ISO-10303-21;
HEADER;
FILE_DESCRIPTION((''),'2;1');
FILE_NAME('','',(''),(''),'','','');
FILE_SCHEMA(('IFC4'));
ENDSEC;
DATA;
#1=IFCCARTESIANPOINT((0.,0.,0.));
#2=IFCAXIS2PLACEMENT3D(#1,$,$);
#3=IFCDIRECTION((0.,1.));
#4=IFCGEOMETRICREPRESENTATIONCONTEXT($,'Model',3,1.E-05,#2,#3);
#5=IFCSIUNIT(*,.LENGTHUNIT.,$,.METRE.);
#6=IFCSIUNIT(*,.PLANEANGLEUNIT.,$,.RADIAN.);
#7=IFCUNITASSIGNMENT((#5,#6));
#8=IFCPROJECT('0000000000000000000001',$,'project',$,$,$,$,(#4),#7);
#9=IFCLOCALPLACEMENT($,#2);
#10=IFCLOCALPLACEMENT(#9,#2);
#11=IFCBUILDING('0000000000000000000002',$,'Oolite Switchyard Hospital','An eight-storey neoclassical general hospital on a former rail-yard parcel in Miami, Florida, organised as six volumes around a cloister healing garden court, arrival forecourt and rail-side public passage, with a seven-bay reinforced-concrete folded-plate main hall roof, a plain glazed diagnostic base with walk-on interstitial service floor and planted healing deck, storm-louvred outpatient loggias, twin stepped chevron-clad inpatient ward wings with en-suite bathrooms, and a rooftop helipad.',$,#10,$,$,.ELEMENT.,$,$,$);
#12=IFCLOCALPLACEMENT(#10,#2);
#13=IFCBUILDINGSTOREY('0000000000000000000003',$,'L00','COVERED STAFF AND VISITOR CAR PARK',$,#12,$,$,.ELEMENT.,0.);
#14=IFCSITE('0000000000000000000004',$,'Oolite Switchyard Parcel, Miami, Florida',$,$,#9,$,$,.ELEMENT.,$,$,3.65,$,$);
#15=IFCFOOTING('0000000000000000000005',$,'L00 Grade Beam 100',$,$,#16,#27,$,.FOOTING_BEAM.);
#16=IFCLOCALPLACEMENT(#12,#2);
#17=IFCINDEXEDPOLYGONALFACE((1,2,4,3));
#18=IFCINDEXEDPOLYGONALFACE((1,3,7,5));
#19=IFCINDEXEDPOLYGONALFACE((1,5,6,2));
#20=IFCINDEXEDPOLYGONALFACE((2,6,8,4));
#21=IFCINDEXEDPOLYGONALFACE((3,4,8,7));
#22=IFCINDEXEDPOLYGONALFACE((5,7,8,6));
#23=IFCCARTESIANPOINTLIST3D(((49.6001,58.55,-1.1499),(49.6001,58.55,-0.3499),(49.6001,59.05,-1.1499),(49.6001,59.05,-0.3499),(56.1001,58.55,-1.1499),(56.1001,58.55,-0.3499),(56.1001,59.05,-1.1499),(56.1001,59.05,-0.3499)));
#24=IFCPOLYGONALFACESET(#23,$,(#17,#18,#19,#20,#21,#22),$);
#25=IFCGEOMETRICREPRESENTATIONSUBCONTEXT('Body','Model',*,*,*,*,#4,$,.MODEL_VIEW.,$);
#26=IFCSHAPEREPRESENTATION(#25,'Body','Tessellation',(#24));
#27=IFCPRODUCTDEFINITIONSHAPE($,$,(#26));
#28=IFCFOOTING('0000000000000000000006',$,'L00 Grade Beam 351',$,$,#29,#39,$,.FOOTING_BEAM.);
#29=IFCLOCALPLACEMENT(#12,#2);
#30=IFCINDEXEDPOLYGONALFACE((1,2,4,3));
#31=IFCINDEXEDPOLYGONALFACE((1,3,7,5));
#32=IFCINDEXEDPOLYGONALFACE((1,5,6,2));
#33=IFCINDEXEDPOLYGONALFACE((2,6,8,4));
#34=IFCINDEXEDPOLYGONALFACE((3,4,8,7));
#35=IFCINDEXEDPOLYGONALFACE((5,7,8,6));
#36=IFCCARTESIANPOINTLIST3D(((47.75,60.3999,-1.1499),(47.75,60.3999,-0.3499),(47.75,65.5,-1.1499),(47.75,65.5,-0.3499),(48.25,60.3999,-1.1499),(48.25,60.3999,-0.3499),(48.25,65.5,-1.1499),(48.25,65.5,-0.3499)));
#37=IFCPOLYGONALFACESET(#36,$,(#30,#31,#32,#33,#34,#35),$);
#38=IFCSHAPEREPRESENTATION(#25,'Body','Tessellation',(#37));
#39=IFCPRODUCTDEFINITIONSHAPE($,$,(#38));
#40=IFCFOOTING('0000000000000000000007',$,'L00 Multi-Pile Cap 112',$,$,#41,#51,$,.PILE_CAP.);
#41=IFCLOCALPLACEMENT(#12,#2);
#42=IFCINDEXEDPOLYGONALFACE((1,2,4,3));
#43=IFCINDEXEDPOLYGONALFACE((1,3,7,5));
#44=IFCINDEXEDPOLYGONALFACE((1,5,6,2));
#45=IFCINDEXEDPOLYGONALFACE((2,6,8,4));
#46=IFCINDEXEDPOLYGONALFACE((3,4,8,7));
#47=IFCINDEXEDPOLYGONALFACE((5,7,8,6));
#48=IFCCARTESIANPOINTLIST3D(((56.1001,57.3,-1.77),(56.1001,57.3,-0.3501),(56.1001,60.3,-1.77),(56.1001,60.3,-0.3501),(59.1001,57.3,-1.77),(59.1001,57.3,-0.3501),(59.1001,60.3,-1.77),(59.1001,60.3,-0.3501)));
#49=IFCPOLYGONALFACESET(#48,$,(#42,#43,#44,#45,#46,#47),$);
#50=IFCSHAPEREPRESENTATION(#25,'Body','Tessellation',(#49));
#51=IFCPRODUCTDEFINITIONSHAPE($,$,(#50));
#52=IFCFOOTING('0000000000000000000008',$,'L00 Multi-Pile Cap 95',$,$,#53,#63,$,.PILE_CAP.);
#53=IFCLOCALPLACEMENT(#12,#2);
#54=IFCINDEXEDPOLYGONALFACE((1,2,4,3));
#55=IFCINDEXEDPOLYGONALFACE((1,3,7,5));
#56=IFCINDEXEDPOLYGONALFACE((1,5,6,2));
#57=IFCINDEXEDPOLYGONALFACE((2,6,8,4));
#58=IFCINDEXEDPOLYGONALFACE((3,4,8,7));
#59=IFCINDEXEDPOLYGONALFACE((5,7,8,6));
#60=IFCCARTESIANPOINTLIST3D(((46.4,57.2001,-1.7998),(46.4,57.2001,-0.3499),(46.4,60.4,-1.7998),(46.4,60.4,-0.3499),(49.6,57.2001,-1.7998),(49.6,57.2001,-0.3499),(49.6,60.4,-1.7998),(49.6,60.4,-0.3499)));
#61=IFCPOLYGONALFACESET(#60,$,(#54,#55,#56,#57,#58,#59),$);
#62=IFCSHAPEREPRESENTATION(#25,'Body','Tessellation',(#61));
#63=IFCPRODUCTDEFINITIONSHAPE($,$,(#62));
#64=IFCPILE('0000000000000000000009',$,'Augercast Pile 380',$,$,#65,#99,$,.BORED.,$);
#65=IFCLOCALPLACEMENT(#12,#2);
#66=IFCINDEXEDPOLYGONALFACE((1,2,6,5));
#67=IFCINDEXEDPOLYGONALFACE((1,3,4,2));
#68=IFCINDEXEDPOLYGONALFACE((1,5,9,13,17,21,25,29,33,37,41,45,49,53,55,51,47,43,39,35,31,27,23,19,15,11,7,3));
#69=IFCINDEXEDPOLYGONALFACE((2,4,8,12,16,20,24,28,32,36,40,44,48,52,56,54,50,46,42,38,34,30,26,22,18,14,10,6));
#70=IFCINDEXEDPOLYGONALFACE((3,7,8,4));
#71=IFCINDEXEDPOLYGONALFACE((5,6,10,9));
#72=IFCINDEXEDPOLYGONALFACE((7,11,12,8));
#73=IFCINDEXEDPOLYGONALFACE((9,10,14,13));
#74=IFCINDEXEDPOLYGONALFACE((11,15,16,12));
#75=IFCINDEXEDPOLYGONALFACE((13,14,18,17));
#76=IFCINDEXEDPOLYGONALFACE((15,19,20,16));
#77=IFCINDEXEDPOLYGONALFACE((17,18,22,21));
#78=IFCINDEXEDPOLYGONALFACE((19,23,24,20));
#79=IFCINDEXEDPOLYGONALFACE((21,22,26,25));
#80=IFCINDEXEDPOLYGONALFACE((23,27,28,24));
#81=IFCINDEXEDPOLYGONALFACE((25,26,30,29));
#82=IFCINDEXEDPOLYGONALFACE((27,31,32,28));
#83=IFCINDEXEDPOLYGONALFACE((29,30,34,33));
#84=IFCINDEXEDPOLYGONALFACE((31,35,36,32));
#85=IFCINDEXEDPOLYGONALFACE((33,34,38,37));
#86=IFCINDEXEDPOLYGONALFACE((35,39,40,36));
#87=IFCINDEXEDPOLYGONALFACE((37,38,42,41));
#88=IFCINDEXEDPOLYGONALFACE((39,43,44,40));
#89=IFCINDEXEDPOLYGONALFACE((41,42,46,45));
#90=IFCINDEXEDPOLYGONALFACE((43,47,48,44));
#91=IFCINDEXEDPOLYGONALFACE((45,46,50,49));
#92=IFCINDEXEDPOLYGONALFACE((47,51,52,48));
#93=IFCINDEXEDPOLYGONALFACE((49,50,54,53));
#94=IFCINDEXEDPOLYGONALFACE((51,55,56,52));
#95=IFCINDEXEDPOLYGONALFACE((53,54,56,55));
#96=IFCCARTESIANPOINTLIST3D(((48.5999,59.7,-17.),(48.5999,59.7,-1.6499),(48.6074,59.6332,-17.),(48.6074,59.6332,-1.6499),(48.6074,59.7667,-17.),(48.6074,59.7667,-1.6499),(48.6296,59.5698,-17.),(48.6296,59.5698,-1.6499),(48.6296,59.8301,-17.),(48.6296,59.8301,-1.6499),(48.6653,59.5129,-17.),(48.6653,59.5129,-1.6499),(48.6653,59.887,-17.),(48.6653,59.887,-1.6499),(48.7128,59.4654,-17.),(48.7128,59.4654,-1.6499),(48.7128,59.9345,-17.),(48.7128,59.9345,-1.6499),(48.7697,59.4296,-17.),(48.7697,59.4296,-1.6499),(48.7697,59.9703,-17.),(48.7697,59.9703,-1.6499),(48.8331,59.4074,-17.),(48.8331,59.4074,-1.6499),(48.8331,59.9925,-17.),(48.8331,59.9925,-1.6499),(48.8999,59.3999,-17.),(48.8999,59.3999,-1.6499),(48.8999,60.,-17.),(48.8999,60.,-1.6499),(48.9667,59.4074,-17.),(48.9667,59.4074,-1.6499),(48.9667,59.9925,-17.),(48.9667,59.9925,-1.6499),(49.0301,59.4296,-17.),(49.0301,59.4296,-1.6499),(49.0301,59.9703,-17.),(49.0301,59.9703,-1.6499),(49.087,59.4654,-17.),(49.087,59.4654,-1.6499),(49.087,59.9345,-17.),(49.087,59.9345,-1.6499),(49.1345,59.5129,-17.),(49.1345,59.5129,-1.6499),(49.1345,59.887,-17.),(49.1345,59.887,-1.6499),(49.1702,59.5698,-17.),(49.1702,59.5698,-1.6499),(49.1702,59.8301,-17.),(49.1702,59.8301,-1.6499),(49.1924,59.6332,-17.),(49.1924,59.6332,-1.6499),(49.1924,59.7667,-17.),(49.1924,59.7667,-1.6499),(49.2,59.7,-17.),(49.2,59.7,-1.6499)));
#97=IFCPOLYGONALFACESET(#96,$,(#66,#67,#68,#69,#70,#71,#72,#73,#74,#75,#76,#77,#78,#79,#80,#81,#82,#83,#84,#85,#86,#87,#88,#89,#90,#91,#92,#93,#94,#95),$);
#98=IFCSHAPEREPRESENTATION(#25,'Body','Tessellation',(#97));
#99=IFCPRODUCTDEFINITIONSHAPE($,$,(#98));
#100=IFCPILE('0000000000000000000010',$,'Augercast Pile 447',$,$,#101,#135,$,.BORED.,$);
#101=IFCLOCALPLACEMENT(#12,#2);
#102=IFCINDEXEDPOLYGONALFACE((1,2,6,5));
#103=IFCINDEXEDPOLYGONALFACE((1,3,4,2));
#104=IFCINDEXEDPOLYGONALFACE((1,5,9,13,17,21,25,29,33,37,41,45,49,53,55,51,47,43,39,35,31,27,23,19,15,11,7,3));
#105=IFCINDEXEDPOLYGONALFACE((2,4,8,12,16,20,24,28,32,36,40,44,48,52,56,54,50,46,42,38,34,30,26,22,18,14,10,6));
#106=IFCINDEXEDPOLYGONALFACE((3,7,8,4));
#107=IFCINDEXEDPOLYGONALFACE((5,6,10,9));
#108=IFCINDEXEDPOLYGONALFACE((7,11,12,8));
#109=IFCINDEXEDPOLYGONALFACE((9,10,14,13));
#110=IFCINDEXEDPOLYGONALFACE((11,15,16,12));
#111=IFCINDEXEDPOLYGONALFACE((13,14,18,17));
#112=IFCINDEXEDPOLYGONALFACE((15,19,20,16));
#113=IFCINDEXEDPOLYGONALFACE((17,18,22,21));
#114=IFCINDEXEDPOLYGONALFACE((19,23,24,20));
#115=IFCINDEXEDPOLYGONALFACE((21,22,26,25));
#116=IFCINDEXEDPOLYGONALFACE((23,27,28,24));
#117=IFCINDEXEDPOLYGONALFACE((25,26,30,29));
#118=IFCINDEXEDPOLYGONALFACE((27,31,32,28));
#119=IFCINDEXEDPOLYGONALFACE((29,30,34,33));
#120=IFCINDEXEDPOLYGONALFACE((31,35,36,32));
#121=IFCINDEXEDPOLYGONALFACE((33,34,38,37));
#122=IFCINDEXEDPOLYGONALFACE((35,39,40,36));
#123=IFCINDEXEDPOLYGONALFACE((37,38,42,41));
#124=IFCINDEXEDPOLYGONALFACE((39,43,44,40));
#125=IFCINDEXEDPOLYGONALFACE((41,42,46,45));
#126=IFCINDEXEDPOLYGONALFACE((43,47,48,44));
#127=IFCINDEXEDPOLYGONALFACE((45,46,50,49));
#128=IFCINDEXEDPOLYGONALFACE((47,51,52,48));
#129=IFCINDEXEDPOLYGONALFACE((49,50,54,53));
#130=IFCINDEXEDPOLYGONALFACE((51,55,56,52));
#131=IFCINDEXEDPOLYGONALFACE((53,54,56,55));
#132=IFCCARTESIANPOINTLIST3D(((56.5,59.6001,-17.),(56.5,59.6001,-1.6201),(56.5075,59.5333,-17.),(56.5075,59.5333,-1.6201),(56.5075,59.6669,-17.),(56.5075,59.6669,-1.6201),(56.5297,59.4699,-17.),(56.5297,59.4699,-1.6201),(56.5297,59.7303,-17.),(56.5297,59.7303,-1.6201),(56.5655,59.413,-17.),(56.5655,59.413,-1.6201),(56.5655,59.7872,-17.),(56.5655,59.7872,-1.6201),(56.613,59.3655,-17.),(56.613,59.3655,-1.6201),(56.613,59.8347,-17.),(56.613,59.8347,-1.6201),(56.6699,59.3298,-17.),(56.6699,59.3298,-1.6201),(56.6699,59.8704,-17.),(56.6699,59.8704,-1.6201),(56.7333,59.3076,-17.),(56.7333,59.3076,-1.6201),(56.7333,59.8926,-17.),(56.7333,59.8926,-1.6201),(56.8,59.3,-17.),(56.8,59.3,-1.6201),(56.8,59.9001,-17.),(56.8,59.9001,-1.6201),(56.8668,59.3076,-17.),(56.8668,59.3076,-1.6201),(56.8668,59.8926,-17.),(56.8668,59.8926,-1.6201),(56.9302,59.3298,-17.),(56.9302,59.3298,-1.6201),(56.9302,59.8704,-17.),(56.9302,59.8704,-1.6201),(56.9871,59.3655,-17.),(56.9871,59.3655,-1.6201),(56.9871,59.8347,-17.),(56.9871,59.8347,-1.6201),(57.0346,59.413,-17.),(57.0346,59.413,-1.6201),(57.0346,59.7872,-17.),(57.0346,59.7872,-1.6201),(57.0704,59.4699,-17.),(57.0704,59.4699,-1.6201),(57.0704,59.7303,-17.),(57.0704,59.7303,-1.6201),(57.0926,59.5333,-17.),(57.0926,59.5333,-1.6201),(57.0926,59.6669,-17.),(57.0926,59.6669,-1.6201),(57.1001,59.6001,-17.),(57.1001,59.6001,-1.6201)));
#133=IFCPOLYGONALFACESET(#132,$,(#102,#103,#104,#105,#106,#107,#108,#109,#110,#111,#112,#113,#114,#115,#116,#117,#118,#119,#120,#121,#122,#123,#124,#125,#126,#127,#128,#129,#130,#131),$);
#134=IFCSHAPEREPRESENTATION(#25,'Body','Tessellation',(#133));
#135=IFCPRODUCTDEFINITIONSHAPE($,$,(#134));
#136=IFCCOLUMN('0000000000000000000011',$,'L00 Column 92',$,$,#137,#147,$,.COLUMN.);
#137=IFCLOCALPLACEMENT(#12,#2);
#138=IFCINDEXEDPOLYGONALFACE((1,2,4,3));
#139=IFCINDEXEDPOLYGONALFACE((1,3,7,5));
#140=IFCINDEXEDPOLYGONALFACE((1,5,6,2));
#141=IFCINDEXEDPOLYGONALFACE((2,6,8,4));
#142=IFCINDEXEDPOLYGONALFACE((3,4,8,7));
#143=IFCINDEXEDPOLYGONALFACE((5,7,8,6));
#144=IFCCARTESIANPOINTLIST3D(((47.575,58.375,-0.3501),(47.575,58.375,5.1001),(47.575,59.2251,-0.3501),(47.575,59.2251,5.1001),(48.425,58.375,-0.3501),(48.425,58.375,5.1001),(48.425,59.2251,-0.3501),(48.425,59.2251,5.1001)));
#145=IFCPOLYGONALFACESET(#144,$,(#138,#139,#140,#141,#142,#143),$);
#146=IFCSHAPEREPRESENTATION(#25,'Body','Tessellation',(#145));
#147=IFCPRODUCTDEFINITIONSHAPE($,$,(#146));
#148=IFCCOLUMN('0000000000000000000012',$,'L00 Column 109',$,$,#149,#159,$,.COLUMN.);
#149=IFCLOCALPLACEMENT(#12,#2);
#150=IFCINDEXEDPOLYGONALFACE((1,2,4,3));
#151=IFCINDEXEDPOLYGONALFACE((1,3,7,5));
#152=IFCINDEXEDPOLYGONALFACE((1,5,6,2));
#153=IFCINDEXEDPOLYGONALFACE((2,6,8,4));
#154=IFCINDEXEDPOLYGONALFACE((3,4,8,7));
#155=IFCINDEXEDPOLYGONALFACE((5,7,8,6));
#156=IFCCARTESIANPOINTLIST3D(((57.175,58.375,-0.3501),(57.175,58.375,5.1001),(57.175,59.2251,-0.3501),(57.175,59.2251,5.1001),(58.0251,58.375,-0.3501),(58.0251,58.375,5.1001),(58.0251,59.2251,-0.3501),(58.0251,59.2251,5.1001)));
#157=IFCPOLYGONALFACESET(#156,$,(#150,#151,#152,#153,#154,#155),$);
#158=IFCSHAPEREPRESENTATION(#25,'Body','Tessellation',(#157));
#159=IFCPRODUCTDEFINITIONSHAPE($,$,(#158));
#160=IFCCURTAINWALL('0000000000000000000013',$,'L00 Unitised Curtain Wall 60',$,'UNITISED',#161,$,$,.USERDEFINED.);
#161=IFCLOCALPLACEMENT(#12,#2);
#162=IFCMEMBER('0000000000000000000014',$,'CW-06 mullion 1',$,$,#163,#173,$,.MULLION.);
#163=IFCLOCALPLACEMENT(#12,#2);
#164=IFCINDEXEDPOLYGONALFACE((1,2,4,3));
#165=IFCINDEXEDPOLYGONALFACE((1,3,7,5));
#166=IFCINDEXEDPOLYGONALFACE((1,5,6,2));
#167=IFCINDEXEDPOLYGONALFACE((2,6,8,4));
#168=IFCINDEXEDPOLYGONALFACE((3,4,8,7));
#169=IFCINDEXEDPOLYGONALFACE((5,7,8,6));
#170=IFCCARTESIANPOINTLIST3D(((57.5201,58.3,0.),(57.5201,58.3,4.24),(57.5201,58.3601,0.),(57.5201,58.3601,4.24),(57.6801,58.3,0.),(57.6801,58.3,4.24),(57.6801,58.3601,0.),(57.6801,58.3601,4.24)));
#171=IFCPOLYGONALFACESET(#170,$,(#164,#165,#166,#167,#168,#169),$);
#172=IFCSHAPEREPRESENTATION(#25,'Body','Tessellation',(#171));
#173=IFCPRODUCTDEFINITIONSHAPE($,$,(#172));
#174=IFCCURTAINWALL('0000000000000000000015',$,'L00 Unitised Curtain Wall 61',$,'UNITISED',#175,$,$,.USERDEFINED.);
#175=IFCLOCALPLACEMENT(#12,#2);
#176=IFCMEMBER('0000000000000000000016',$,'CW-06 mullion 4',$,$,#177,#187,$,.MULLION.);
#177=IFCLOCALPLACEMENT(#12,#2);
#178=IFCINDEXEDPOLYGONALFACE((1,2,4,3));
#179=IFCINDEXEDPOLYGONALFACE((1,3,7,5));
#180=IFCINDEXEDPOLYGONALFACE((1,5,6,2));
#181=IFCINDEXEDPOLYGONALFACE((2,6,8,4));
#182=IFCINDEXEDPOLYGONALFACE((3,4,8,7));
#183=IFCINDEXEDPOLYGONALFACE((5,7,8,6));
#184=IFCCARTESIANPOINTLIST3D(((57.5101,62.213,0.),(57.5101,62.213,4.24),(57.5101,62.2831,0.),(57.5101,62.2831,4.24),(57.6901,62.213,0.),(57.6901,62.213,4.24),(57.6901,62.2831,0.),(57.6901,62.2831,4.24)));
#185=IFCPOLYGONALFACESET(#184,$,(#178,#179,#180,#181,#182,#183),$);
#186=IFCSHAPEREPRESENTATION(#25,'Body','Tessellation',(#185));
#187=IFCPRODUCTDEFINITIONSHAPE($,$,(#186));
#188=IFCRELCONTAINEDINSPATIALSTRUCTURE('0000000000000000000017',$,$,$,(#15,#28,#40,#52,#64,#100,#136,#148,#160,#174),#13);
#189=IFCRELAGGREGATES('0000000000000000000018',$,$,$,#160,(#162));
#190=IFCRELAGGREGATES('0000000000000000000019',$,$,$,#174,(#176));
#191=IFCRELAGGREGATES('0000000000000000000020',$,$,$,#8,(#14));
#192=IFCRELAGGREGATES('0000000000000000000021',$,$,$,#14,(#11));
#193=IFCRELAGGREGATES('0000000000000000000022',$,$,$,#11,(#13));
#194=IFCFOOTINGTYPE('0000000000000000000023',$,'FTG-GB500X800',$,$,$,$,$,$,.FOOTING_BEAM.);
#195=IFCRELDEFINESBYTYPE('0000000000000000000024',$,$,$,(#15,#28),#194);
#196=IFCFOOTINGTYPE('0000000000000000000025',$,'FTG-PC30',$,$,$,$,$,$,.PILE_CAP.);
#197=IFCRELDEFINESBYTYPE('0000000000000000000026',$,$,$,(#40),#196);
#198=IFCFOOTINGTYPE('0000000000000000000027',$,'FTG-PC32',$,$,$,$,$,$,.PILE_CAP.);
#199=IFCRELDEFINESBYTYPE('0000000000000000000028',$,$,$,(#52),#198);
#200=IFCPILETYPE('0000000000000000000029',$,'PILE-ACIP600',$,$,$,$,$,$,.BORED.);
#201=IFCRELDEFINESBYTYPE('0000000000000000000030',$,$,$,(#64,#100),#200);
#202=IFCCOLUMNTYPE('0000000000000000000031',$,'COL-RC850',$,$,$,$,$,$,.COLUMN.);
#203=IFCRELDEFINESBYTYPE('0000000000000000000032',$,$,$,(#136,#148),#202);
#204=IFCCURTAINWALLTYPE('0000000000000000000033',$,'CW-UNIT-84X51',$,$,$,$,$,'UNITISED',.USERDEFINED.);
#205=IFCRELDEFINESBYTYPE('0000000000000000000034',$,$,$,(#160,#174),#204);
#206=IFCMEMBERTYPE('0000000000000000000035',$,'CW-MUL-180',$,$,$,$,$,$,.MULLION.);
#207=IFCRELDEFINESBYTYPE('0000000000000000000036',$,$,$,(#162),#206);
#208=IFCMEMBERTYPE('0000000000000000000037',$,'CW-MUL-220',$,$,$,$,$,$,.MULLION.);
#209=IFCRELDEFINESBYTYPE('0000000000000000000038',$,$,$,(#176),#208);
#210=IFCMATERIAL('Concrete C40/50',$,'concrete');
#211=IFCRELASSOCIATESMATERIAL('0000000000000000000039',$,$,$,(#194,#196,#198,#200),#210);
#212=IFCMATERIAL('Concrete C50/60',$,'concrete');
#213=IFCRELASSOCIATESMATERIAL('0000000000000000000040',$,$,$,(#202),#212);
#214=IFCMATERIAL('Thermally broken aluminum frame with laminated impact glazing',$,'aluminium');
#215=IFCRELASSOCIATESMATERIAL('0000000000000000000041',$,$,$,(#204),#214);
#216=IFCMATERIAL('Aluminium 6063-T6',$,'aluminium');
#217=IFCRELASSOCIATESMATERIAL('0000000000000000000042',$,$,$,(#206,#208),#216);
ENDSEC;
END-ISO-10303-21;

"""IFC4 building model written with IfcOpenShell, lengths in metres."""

from ifc_helpers import new_model, si_unit, direction, frame, origin, origin_2d, place, context, subcontext, project, spatial, rectangle, circle, extrude, material, material_profile, profile_set, type_object, element, aggregate, save


model = new_model("IFC4")

# Units and contexts
model_context = context("Model", 3, precision=1e-05, world=origin(), true_north=direction((0.0, 1.0)))
body_context = subcontext(model_context, "Body", "Model", "MODEL_VIEW")
ifc_project = project(units=[si_unit("LENGTHUNIT", "METRE"), si_unit("PLANEANGLEUNIT", "RADIAN")], contexts=[model_context])

# Site, building, storey
site_placement = place(None, origin())
site = spatial("IfcSite", under=ifc_project, at=site_placement, Name="Oolite Switchyard Parcel, Miami, Florida", CompositionType="ELEMENT", RefElevation=3.65)
building_placement = place(site_placement, origin())
building = spatial("IfcBuilding", under=site, at=building_placement, Name="Oolite Switchyard Hospital", Description="An eight-storey neoclassical general hospital on a former rail-yard parcel in Miami, Florida, organised as six volumes around a cloister healing garden court, arrival forecourt and rail-side public passage, with a seven-bay reinforced-concrete folded-plate main hall roof, a plain glazed diagnostic base with walk-on interstitial service floor and planted healing deck, storm-louvred outpatient loggias, twin stepped chevron-clad inpatient ward wings with en-suite bathrooms, and a rooftop helipad.", CompositionType="ELEMENT")
storey_placement = place(building_placement, origin())
storey = spatial("IfcBuildingStorey", under=building, at=storey_placement, Name="L00", Description="COVERED STAFF AND VISITOR CAR PARK", CompositionType="ELEMENT", Elevation=0.0)

# Footings
ifc_material_1 = material(Name="Concrete C40/50", Category="concrete")
footing_type_1 = type_object("IfcFootingType", Name="FTG-GB500X800", PredefinedType="FOOTING_BEAM", material=ifc_material_1)
footing_1_placement = place(storey_placement, frame((52.8501, 58.8, -1.1499), z_axis=(0.0, 0.0, 1.0), x_axis=(1.0, 0.0, 0.0)))
element("IfcFooting", 1, at=footing_1_placement, inside=storey, type_object=footing_type_1, Name="L00 Grade Beam 100", PredefinedType="FOOTING_BEAM", context=body_context, shape_type="SweptSolid", body=[
    extrude(rectangle(XDim=6.5, YDim=0.5, at=origin_2d()), origin(), (0.0, 0.0, 1.0), 0.8),
])
footing_2_placement = place(storey_placement, frame((48.0, 62.95, -1.1499), z_axis=(0.0, 0.0, 1.0), x_axis=(0.0, 1.0, 0.0)))
element("IfcFooting", 2, at=footing_2_placement, inside=storey, type_object=footing_type_1, Name="L00 Grade Beam 351", PredefinedType="FOOTING_BEAM", context=body_context, shape_type="SweptSolid", body=[
    extrude(rectangle(XDim=5.1001, YDim=0.5, at=origin_2d()), origin(), (0.0, 0.0, 1.0), 0.8),
])
footing_type_2 = type_object("IfcFootingType", Name="FTG-PC30", PredefinedType="PILE_CAP", material=ifc_material_1)
footing_3_placement = place(storey_placement, frame((57.6001, 58.8, -1.77), z_axis=(0.0, 0.0, 1.0), x_axis=(1.0, 0.0, 0.0)))
element("IfcFooting", 3, at=footing_3_placement, inside=storey, type_object=footing_type_2, Name="L00 Multi-Pile Cap 112", PredefinedType="PILE_CAP", context=body_context, shape_type="SweptSolid", body=[
    extrude(rectangle(XDim=3.0, YDim=3.0, at=origin_2d()), origin(), (0.0, 0.0, 1.0), 1.4199),
])
footing_type_3 = type_object("IfcFootingType", Name="FTG-PC32", PredefinedType="PILE_CAP", material=ifc_material_1)
footing_4_placement = place(storey_placement, frame((48.0, 58.8, -1.7998), z_axis=(0.0, 0.0, 1.0), x_axis=(1.0, 0.0, 0.0)))
element("IfcFooting", 4, at=footing_4_placement, inside=storey, type_object=footing_type_3, Name="L00 Multi-Pile Cap 95", PredefinedType="PILE_CAP", context=body_context, shape_type="SweptSolid", body=[
    extrude(rectangle(XDim=3.2, YDim=3.2, at=origin_2d()), origin(), (0.0, 0.0, 1.0), 1.45),
])

# Piles
ifc_material_profile_1 = material_profile(ifc_material_1, circle(Radius=0.3, at=origin_2d()), Name="PILE600")
ifc_profile_set_1 = profile_set([ifc_material_profile_1], Name="Concrete C40/50")
pile_type = type_object("IfcPileType", Name="PILE-ACIP600", PredefinedType="BORED", material=ifc_profile_set_1)
pile_1_placement = place(storey_placement, frame((48.8999, 59.7, -1.6499), z_axis=(0.0, 0.0, -1.0), x_axis=(1.0, 0.0, 0.0)))
element("IfcPile", 5, at=pile_1_placement, inside=storey, type_object=pile_type, Name="Augercast Pile 380", PredefinedType="BORED", context=body_context, shape_type="SweptSolid", body=[
    extrude(circle(Radius=0.3, at=origin_2d()), origin(), (0.0, 0.0, 1.0), 15.3501),
])
pile_2_placement = place(storey_placement, frame((56.8, 59.6001, -1.6201), z_axis=(0.0, 0.0, -1.0), x_axis=(1.0, 0.0, 0.0)))
element("IfcPile", 6, at=pile_2_placement, inside=storey, type_object=pile_type, Name="Augercast Pile 447", PredefinedType="BORED", context=body_context, shape_type="SweptSolid", body=[
    extrude(circle(Radius=0.3, at=origin_2d()), origin(), (0.0, 0.0, 1.0), 15.3799),
])

# Columns
ifc_material_2 = material(Name="Concrete C50/60", Category="concrete")
ifc_material_profile_2 = material_profile(ifc_material_2, rectangle(XDim=0.8501, YDim=0.8501, at=origin_2d()), Name="RC850X850")
ifc_profile_set_2 = profile_set([ifc_material_profile_2], Name="Concrete C50/60")
column_type = type_object("IfcColumnType", Name="COL-RC850", PredefinedType="COLUMN", material=ifc_profile_set_2)
for number, where, z_axis, x_axis, name in (
    (7, (48.0, 58.8, -0.3501), (0.0, 0.0, 1.0), (1.0, 0.0, 0.0), "L00 Column 92"),
    (8, (57.6001, 58.8, -0.3501), (0.0, 0.0, 1.0), (1.0, 0.0, 0.0), "L00 Column 109"),
):
    element("IfcColumn", number, at=place(storey_placement, frame(where, z_axis=z_axis, x_axis=x_axis)), inside=storey, type_object=column_type, Name=name, PredefinedType="COLUMN", context=body_context, shape_type="SweptSolid", body=[
        extrude(rectangle(XDim=0.8501, YDim=0.8501, at=origin_2d()), origin(), (0.0, 0.0, 1.0), 5.4502),
    ])

# Curtain wall, member
ifc_material_3 = material(Name="Thermally broken aluminum frame with laminated impact glazing", Category="aluminium")
curtain_wall_type = type_object("IfcCurtainWallType", Name="CW-UNIT-84X51", ElementType="UNITISED", PredefinedType="USERDEFINED", material=ifc_material_3)
curtain_wall_1_placement = place(storey_placement, origin())
curtain_wall_1 = element("IfcCurtainWall", 9, at=curtain_wall_1_placement, inside=storey, type_object=curtain_wall_type, Name="L00 Unitised Curtain Wall 60", ObjectType="UNITISED", PredefinedType="USERDEFINED")
ifc_material_4 = material(Name="Aluminium 6063-T6", Category="aluminium")
ifc_material_profile_3 = material_profile(ifc_material_4, rectangle(XDim=0.1599, YDim=0.0601, at=origin_2d()), Name="CWM60X160")
ifc_profile_set_3 = profile_set([ifc_material_profile_3], Name="Aluminium 6063-T6")
member_type_1 = type_object("IfcMemberType", Name="CW-MUL-180", PredefinedType="MULLION", material=ifc_profile_set_3)
member_1_placement = place(storey_placement, frame((57.6001, 58.3301, 0.0), z_axis=(0.0, 0.0, 1.0), x_axis=(1.0, 0.0, 0.0)))
member_1 = element("IfcMember", 10, at=member_1_placement, type_object=member_type_1, Name="CW-06 mullion 1", PredefinedType="MULLION", context=body_context, shape_type="SweptSolid", body=[
    extrude(rectangle(XDim=0.1599, YDim=0.0601, at=origin_2d()), origin(), (0.0, 0.0, 1.0), 4.24),
])
aggregate(curtain_wall_1, [member_1])

# Curtain wall, member
curtain_wall_2_placement = place(storey_placement, origin())
curtain_wall_2 = element("IfcCurtainWall", 11, at=curtain_wall_2_placement, inside=storey, type_object=curtain_wall_type, Name="L00 Unitised Curtain Wall 61", ObjectType="UNITISED", PredefinedType="USERDEFINED")
ifc_material_profile_4 = material_profile(ifc_material_4, rectangle(XDim=0.1799, YDim=0.0701, at=origin_2d()), Name="CWM70X180")
ifc_profile_set_4 = profile_set([ifc_material_profile_4], Name="Aluminium 6063-T6")
member_type_2 = type_object("IfcMemberType", Name="CW-MUL-220", PredefinedType="MULLION", material=ifc_profile_set_4)
member_2_placement = place(storey_placement, frame((57.6001, 62.248, 0.0), z_axis=(0.0, 0.0, 1.0), x_axis=(1.0, 0.0, 0.0)))
member_2 = element("IfcMember", 12, at=member_2_placement, type_object=member_type_2, Name="CW-06 mullion 4", PredefinedType="MULLION", context=body_context, shape_type="SweptSolid", body=[
    extrude(rectangle(XDim=0.1799, YDim=0.0701, at=origin_2d()), origin(), (0.0, 0.0, 1.0), 4.24),
])
aggregate(curtain_wall_2, [member_2])

save(model, "model.ifc")
